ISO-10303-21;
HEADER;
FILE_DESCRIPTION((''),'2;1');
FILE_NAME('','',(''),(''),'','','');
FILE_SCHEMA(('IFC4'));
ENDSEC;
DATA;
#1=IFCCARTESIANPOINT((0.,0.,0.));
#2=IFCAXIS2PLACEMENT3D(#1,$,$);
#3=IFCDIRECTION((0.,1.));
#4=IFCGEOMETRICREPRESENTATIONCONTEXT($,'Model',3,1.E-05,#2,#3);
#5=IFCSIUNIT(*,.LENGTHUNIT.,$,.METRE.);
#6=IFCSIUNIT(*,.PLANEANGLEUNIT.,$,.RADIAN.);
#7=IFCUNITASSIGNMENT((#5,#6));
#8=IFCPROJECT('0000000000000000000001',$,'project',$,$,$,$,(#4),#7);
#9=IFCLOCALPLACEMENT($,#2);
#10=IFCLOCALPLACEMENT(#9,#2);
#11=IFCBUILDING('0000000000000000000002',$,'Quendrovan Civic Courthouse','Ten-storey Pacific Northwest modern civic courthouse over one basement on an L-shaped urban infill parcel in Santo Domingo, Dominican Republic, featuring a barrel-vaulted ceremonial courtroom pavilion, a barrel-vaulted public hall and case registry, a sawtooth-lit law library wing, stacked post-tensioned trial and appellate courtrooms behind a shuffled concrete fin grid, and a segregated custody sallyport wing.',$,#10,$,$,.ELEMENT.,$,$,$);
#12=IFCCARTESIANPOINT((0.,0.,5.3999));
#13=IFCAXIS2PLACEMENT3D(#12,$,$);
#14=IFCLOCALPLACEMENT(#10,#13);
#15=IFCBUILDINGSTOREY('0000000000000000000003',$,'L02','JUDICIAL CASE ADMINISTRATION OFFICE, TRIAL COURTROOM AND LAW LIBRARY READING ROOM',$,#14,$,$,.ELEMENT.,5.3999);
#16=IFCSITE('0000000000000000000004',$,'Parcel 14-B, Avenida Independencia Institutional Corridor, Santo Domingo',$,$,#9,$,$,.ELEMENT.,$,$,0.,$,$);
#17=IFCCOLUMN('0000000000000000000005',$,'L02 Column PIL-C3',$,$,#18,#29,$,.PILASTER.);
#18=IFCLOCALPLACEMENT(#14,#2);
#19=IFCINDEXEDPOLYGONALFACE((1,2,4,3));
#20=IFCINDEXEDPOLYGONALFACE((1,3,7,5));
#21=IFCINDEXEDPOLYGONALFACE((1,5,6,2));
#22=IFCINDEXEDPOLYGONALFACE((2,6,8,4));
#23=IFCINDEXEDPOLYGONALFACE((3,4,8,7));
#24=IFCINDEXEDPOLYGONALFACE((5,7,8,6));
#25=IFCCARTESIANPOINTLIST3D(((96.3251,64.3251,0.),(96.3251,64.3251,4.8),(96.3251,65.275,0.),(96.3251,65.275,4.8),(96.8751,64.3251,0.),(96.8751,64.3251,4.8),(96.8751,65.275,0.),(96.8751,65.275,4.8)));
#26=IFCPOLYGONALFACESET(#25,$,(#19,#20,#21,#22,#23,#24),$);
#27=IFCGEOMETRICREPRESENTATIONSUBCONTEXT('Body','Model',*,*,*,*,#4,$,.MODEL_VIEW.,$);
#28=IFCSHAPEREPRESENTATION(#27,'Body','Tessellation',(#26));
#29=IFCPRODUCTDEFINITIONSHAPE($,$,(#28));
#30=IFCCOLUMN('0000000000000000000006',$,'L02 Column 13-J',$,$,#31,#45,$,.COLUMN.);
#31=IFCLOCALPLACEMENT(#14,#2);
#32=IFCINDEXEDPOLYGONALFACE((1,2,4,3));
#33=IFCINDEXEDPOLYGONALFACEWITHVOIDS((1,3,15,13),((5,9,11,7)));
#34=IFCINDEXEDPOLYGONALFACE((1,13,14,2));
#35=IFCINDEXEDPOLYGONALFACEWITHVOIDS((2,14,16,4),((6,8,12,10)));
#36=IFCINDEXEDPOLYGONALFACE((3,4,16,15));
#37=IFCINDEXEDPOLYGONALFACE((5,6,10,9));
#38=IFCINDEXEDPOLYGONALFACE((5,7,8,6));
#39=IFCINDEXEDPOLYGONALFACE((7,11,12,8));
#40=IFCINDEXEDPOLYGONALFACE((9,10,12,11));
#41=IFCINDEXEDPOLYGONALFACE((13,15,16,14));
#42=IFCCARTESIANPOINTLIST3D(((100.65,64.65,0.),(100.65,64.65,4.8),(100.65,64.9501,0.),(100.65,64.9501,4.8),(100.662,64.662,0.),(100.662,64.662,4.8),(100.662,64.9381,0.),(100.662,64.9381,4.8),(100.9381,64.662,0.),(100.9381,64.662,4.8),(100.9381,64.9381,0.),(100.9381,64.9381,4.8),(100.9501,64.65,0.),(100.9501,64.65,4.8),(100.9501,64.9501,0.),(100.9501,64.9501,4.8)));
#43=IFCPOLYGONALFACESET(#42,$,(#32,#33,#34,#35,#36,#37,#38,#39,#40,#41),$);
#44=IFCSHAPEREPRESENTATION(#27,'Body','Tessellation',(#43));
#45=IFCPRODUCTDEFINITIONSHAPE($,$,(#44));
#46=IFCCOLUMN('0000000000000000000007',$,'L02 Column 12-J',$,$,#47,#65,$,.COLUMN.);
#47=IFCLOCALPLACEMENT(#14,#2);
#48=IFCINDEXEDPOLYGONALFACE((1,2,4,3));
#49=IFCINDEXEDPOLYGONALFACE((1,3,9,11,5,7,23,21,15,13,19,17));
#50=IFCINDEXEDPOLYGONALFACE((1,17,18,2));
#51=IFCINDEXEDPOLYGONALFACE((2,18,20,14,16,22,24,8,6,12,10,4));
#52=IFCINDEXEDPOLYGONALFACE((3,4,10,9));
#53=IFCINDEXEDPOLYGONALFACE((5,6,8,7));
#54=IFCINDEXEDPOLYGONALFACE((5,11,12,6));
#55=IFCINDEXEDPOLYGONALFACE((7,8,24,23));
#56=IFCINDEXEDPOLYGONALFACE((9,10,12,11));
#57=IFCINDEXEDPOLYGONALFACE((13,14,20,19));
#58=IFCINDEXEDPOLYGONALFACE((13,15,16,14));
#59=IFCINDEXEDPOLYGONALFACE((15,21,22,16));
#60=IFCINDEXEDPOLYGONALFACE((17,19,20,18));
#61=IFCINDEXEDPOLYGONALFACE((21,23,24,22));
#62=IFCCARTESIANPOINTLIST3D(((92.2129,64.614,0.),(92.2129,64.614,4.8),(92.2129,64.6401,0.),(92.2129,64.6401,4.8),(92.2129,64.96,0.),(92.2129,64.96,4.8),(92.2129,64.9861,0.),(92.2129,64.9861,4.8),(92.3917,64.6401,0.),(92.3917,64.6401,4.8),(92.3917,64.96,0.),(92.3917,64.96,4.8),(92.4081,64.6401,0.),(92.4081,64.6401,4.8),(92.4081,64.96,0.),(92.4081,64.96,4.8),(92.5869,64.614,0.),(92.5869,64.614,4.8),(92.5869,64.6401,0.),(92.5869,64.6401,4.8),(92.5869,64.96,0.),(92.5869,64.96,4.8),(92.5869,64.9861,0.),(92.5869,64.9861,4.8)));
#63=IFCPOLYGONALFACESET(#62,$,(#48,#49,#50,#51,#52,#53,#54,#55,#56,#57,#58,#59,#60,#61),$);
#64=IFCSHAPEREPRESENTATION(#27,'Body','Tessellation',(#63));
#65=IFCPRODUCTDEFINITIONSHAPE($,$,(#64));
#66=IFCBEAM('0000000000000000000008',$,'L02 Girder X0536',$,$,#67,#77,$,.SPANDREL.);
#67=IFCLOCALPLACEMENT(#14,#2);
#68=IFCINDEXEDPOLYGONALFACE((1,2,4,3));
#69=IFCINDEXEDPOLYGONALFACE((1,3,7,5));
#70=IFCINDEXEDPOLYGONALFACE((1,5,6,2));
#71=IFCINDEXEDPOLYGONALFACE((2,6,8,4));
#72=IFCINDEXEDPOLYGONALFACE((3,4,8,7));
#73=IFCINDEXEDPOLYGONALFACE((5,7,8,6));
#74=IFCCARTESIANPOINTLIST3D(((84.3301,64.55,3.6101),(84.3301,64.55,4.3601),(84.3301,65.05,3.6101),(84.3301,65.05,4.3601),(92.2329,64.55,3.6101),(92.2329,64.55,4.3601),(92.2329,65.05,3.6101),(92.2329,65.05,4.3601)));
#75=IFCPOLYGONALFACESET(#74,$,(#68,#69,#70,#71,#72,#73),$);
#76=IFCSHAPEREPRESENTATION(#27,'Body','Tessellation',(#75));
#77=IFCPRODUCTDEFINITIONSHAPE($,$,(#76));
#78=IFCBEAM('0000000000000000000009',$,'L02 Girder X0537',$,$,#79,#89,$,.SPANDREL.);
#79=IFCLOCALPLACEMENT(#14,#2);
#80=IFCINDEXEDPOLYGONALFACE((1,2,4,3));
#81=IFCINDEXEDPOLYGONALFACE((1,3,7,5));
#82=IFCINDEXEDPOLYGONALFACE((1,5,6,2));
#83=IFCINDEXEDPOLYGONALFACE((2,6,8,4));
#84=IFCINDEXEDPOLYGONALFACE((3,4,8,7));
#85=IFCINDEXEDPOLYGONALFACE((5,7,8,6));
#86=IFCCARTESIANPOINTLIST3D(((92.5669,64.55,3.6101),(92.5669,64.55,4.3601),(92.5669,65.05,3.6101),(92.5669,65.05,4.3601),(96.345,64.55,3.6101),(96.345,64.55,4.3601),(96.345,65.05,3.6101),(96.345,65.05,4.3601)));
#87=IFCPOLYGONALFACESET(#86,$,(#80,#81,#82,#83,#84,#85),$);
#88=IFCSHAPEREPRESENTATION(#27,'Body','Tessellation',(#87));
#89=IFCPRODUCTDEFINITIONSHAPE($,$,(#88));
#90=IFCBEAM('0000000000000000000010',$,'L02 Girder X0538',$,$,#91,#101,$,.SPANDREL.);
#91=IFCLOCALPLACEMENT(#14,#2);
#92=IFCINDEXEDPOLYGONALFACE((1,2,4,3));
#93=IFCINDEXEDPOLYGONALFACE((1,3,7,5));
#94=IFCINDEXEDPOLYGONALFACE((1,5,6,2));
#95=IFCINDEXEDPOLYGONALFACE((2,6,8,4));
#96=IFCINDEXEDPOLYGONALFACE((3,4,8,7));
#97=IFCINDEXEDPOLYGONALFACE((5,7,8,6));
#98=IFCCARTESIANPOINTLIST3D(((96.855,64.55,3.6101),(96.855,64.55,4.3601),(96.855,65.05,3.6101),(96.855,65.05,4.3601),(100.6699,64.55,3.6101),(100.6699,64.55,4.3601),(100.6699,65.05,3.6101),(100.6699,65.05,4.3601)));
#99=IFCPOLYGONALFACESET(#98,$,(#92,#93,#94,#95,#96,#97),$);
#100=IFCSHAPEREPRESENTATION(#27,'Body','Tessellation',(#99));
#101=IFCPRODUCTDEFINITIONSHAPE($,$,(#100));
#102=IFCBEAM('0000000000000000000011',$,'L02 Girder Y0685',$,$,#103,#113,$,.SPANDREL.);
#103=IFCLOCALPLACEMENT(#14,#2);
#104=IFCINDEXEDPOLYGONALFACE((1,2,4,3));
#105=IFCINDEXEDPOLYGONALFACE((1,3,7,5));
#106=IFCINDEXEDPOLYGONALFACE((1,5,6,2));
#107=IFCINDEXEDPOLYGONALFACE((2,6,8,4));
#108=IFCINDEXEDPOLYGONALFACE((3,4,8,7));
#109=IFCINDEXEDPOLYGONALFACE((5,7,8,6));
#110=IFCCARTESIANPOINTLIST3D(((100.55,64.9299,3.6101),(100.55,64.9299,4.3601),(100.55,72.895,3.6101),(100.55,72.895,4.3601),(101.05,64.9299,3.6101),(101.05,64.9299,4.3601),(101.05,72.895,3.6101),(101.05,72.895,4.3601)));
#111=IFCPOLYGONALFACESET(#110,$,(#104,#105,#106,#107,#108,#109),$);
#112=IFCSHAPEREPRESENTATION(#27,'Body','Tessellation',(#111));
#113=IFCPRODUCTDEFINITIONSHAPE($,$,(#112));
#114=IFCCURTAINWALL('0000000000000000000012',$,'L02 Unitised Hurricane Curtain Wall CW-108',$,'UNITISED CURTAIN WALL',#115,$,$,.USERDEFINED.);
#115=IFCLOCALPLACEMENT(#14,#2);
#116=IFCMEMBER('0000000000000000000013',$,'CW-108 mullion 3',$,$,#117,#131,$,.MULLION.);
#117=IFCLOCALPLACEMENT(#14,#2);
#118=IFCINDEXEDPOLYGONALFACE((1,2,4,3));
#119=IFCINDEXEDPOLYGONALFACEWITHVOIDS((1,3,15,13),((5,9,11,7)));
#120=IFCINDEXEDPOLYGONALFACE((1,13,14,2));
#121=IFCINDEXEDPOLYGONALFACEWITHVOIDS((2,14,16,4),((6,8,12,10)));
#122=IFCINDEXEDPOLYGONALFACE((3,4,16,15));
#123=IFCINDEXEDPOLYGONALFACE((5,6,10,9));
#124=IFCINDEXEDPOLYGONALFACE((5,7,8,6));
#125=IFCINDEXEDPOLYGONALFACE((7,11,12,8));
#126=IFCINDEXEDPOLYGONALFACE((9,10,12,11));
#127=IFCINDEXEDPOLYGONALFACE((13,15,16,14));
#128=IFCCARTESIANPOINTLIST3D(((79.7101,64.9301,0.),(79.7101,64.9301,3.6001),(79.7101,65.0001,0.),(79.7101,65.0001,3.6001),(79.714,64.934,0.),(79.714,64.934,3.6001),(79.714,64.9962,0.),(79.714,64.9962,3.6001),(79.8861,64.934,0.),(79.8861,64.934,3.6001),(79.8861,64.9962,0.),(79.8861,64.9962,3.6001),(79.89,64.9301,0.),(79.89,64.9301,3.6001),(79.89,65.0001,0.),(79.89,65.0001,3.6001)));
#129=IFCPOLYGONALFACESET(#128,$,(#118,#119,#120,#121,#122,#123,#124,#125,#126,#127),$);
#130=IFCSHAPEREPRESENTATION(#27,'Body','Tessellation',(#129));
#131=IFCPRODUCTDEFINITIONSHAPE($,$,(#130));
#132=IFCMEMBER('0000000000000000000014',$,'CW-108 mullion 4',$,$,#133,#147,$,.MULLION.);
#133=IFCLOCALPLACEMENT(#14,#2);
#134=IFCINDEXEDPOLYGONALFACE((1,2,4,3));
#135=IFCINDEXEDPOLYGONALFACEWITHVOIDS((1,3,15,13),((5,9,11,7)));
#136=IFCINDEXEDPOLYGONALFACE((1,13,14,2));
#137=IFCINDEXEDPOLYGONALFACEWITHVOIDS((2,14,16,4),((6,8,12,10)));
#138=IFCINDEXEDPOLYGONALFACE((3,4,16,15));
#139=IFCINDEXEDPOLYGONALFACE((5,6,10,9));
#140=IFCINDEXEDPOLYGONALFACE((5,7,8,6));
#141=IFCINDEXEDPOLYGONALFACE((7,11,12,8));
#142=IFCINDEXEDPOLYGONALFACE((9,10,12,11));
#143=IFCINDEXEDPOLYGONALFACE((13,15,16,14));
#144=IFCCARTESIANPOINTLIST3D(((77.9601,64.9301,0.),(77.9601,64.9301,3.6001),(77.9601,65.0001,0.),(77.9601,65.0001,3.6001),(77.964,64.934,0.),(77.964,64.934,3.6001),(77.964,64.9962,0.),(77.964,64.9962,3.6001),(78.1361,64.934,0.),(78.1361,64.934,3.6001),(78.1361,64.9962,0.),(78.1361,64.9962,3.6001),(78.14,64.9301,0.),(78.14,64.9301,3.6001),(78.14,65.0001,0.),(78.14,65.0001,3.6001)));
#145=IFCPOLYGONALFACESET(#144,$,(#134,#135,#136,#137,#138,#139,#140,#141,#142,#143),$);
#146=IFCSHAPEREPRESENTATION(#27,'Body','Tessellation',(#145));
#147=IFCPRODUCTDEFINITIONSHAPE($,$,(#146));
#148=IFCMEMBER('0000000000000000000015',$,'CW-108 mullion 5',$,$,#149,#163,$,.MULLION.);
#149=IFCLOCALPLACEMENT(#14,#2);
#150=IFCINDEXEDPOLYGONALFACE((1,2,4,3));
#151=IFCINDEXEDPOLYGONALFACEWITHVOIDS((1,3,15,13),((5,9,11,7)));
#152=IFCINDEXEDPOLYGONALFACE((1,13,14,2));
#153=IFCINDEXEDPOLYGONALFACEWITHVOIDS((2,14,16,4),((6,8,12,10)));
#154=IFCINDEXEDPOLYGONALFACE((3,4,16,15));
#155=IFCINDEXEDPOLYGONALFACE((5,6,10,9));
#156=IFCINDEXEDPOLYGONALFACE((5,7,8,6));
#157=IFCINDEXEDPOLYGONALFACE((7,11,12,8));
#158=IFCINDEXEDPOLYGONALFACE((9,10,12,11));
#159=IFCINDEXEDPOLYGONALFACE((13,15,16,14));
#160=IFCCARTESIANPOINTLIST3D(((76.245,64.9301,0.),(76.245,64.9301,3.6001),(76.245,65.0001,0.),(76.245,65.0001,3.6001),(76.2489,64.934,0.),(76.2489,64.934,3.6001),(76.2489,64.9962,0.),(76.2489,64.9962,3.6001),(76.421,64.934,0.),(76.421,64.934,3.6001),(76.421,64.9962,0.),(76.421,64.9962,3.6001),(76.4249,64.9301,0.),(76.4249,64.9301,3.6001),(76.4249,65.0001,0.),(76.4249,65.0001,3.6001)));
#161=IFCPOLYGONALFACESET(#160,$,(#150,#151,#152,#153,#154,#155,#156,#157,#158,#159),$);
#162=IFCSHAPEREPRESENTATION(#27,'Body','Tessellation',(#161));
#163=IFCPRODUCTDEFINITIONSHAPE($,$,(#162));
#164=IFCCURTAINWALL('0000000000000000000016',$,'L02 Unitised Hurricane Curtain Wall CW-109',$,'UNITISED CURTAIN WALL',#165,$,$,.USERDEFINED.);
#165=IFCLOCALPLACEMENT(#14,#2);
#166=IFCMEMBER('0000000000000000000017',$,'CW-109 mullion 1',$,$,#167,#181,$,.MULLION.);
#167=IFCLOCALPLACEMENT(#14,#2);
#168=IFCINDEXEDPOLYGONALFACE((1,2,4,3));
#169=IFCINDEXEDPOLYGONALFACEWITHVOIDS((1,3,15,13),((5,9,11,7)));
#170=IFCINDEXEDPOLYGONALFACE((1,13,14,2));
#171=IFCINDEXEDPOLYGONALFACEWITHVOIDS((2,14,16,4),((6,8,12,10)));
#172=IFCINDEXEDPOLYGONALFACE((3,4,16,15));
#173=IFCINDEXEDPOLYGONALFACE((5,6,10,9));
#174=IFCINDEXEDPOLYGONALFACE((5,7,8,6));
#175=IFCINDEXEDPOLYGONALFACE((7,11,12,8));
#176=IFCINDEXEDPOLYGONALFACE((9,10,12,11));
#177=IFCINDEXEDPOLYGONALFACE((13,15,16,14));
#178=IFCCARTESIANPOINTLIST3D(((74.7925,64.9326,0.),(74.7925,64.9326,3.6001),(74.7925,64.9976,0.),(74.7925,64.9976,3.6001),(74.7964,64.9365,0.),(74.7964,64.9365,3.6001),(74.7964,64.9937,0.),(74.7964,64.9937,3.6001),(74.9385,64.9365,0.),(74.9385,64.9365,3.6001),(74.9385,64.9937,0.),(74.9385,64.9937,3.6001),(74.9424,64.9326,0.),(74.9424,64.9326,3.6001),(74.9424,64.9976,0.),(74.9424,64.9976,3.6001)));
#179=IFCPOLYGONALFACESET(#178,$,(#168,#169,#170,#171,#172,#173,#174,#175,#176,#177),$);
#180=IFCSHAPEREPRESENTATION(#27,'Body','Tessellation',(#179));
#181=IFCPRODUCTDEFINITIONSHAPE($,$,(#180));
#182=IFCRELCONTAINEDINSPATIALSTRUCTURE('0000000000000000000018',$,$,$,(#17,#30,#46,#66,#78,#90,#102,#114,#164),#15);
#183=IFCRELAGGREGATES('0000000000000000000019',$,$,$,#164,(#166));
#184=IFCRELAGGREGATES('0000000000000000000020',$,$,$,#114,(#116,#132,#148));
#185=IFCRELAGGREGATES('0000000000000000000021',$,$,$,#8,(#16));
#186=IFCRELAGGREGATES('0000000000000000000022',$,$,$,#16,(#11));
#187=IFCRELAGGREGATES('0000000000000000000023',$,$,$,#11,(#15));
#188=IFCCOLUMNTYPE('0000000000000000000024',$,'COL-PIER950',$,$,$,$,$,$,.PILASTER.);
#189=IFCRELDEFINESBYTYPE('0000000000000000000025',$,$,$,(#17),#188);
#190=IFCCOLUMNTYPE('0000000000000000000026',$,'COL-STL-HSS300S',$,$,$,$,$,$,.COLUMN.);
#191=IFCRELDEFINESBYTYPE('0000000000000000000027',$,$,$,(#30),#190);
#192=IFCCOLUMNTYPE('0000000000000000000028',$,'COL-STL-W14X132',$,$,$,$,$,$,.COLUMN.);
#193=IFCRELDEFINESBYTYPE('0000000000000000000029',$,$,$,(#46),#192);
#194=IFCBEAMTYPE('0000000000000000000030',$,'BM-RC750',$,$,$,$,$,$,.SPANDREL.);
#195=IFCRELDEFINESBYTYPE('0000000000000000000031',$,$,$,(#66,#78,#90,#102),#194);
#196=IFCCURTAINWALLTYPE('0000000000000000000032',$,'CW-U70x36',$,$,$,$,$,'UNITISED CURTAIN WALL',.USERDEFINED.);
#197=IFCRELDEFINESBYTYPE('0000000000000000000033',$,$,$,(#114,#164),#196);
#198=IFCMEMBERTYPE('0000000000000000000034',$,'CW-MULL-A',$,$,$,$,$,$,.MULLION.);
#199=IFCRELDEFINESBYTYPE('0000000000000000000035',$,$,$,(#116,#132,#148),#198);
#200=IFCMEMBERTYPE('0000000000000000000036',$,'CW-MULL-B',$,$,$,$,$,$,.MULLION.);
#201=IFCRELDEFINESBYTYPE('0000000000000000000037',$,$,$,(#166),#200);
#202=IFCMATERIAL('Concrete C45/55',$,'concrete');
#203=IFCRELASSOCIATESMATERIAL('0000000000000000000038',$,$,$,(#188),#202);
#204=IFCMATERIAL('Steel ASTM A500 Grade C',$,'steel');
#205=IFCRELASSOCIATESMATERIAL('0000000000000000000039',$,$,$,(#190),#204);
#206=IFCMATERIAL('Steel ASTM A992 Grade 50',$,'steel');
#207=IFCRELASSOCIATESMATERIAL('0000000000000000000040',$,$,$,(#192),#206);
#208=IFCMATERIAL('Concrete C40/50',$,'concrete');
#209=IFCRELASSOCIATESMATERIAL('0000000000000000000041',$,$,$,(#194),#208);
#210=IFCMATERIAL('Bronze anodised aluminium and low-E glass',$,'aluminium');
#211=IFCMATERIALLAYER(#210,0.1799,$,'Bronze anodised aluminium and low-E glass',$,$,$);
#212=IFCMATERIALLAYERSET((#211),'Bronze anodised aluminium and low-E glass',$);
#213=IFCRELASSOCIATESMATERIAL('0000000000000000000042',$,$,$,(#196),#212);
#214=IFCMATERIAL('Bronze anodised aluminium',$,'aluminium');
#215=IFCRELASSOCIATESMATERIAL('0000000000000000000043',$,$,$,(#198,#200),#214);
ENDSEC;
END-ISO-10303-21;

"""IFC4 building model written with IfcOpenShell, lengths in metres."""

from ifc_helpers import new_model, si_unit, direction, frame, origin, origin_2d, place, context, subcontext, project, spatial, rectangle, hollow_rectangle, i_section, extrude, material, layer, layer_set, material_profile, profile_set, type_object, element, aggregate, save


model = new_model("IFC4")

# Units and contexts
model_context = context("Model", 3, precision=1e-05, world=origin(), true_north=direction((0.0, 1.0)))
body_context = subcontext(model_context, "Body", "Model", "MODEL_VIEW")
ifc_project = project(units=[si_unit("LENGTHUNIT", "METRE"), si_unit("PLANEANGLEUNIT", "RADIAN")], contexts=[model_context])

# Site, building, storey
site_placement = place(None, origin())
site = spatial("IfcSite", under=ifc_project, at=site_placement, Name="Parcel 14-B, Avenida Independencia Institutional Corridor, Santo Domingo", CompositionType="ELEMENT", RefElevation=0.0)
building_placement = place(site_placement, origin())
building = spatial("IfcBuilding", under=site, at=building_placement, Name="Quendrovan Civic Courthouse", Description="Ten-storey Pacific Northwest modern civic courthouse over one basement on an L-shaped urban infill parcel in Santo Domingo, Dominican Republic, featuring a barrel-vaulted ceremonial courtroom pavilion, a barrel-vaulted public hall and case registry, a sawtooth-lit law library wing, stacked post-tensioned trial and appellate courtrooms behind a shuffled concrete fin grid, and a segregated custody sallyport wing.", CompositionType="ELEMENT")
storey_placement = place(building_placement, frame((0.0, 0.0, 5.3999)))
storey = spatial("IfcBuildingStorey", under=building, at=storey_placement, Name="L02", Description="JUDICIAL CASE ADMINISTRATION OFFICE, TRIAL COURTROOM AND LAW LIBRARY READING ROOM", CompositionType="ELEMENT", Elevation=5.3999)

# Columns
ifc_material_1 = material(Name="Concrete C45/55", Category="concrete")
ifc_material_profile_1 = material_profile(ifc_material_1, rectangle(XDim=0.55, YDim=0.95, at=origin_2d()), Name="RC-PIER-550x950")
ifc_profile_set_1 = profile_set([ifc_material_profile_1], Name="Concrete C45/55")
column_type_1 = type_object("IfcColumnType", Name="COL-PIER950", PredefinedType="PILASTER", material=ifc_profile_set_1)
column_1_placement = place(storey_placement, frame((96.6001, 64.8, 0.0), z_axis=(0.0, 0.0, 1.0), x_axis=(1.0, 0.0, 0.0)))
element("IfcColumn", 1, at=column_1_placement, inside=storey, type_object=column_type_1, Name="L02 Column PIL-C3", PredefinedType="PILASTER", context=body_context, shape_type="SweptSolid", body=[
    extrude(rectangle(XDim=0.55, YDim=0.95, at=origin_2d()), origin(), (0.0, 0.0, 1.0), 4.8),
])
ifc_material_2 = material(Name="Steel ASTM A500 Grade C", Category="steel")
ifc_material_profile_2 = material_profile(ifc_material_2, hollow_rectangle(XDim=0.3, YDim=0.3, WallThickness=0.012, at=origin_2d()), Name="HSS300x300x12")
ifc_profile_set_2 = profile_set([ifc_material_profile_2], Name="Steel ASTM A500 Grade C")
column_type_2 = type_object("IfcColumnType", Name="COL-STL-HSS300S", PredefinedType="COLUMN", material=ifc_profile_set_2)
column_2_placement = place(storey_placement, frame((100.8, 64.8, 0.0), z_axis=(0.0, 0.0, 1.0), x_axis=(1.0, 0.0, 0.0)))
element("IfcColumn", 2, at=column_2_placement, inside=storey, type_object=column_type_2, Name="L02 Column 13-J", PredefinedType="COLUMN", context=body_context, shape_type="SweptSolid", body=[
    extrude(hollow_rectangle(XDim=0.3, YDim=0.3, WallThickness=0.012, at=origin_2d()), origin(), (0.0, 0.0, 1.0), 4.8),
])
ifc_material_3 = material(Name="Steel ASTM A992 Grade 50", Category="steel")
ifc_material_profile_3 = material_profile(ifc_material_3, i_section(OverallWidth=0.374, OverallDepth=0.3721, WebThickness=0.0164, FlangeThickness=0.0261, at=origin_2d()), Name="W14X132")
ifc_profile_set_3 = profile_set([ifc_material_profile_3], Name="Steel ASTM A992 Grade 50")
column_type_3 = type_object("IfcColumnType", Name="COL-STL-W14X132", PredefinedType="COLUMN", material=ifc_profile_set_3)
column_3_placement = place(storey_placement, frame((92.3999, 64.8, 0.0), z_axis=(0.0, 0.0, 1.0), x_axis=(1.0, 0.0, 0.0)))
element("IfcColumn", 3, at=column_3_placement, inside=storey, type_object=column_type_3, Name="L02 Column 12-J", PredefinedType="COLUMN", context=body_context, shape_type="SweptSolid", body=[
    extrude(i_section(OverallWidth=0.374, OverallDepth=0.3721, WebThickness=0.0164, FlangeThickness=0.0261, at=origin_2d()), origin(), (0.0, 0.0, 1.0), 4.8),
])

# Beams
ifc_material_4 = material(Name="Concrete C40/50", Category="concrete")
ifc_material_profile_4 = material_profile(ifc_material_4, rectangle(XDim=0.5, YDim=0.75, at=origin_2d()), Name="RC-BM-500x750")
ifc_profile_set_4 = profile_set([ifc_material_profile_4], Name="Concrete C40/50")
beam_type = type_object("IfcBeamType", Name="BM-RC750", PredefinedType="SPANDREL", material=ifc_profile_set_4)
beam_1_placement = place(storey_placement, frame((84.3301, 64.8, 3.9851), z_axis=(1.0, 0.0, 0.0), x_axis=(0.0, 1.0, 0.0)))
element("IfcBeam", 4, at=beam_1_placement, inside=storey, type_object=beam_type, Name="L02 Girder X0536", PredefinedType="SPANDREL", context=body_context, shape_type="SweptSolid", body=[
    extrude(rectangle(XDim=0.5, YDim=0.75, at=origin_2d()), origin(), (0.0, 0.0, 1.0), 7.9028),
])
beam_2_placement = place(storey_placement, frame((92.5669, 64.8, 3.9851), z_axis=(1.0, 0.0, 0.0), x_axis=(0.0, 1.0, 0.0)))
element("IfcBeam", 5, at=beam_2_placement, inside=storey, type_object=beam_type, Name="L02 Girder X0537", PredefinedType="SPANDREL", context=body_context, shape_type="SweptSolid", body=[
    extrude(rectangle(XDim=0.5, YDim=0.75, at=origin_2d()), origin(), (0.0, 0.0, 1.0), 3.7781),
])
beam_3_placement = place(storey_placement, frame((96.855, 64.8, 3.9851), z_axis=(1.0, 0.0, 0.0), x_axis=(0.0, 1.0, 0.0)))
element("IfcBeam", 6, at=beam_3_placement, inside=storey, type_object=beam_type, Name="L02 Girder X0538", PredefinedType="SPANDREL", context=body_context, shape_type="SweptSolid", body=[
    extrude(rectangle(XDim=0.5, YDim=0.75, at=origin_2d()), origin(), (0.0, 0.0, 1.0), 3.8149),
])
beam_4_placement = place(storey_placement, frame((100.8, 64.9299, 3.9851), z_axis=(0.0, 1.0, 0.0), x_axis=(-1.0, 0.0, 0.0)))
element("IfcBeam", 7, at=beam_4_placement, inside=storey, type_object=beam_type, Name="L02 Girder Y0685", PredefinedType="SPANDREL", context=body_context, shape_type="SweptSolid", body=[
    extrude(rectangle(XDim=0.5, YDim=0.75, at=origin_2d()), origin(), (0.0, 0.0, 1.0), 7.9651),
])

# Curtain wall, members
ifc_material_5 = material(Name="Bronze anodised aluminium and low-E glass", Category="aluminium")
ifc_layer_1 = layer(ifc_material_5, 0.1799, Name="Bronze anodised aluminium and low-E glass")
ifc_layer_set_1 = layer_set([ifc_layer_1], Name="Bronze anodised aluminium and low-E glass")
curtain_wall_type = type_object("IfcCurtainWallType", Name="CW-U70x36", ElementType="UNITISED CURTAIN WALL", PredefinedType="USERDEFINED", material=ifc_layer_set_1)
curtain_wall_1_placement = place(storey_placement, origin())
curtain_wall_1 = element("IfcCurtainWall", 8, at=curtain_wall_1_placement, inside=storey, type_object=curtain_wall_type, Name="L02 Unitised Hurricane Curtain Wall CW-108", ObjectType="UNITISED CURTAIN WALL", PredefinedType="USERDEFINED")
ifc_material_6 = material(Name="Bronze anodised aluminium", Category="aluminium")
ifc_material_profile_5 = material_profile(ifc_material_6, hollow_rectangle(XDim=0.0701, YDim=0.1799, WallThickness=0.0039, at=origin_2d()), Name="CW-MULL-70x180")
ifc_profile_set_5 = profile_set([ifc_material_profile_5], Name="Bronze anodised aluminium")
member_type_1 = type_object("IfcMemberType", Name="CW-MULL-A", PredefinedType="MULLION", material=ifc_profile_set_5)
member_1_placement = place(storey_placement, frame((79.8, 64.9651, 0.0), z_axis=(0.0, 0.0, 1.0), x_axis=(0.0, -1.0, 0.0)))
member_1 = element("IfcMember", 9, at=member_1_placement, type_object=member_type_1, Name="CW-108 mullion 3", PredefinedType="MULLION", context=body_context, shape_type="SweptSolid", body=[
    extrude(hollow_rectangle(XDim=0.0701, YDim=0.1799, WallThickness=0.0039, at=origin_2d()), origin(), (0.0, 0.0, 1.0), 3.6001),
])
member_2_placement = place(storey_placement, frame((78.05, 64.9651, 0.0), z_axis=(0.0, 0.0, 1.0), x_axis=(0.0, -1.0, 0.0)))
member_2 = element("IfcMember", 10, at=member_2_placement, type_object=member_type_1, Name="CW-108 mullion 4", PredefinedType="MULLION", context=body_context, shape_type="SweptSolid", body=[
    extrude(hollow_rectangle(XDim=0.0701, YDim=0.1799, WallThickness=0.0039, at=origin_2d()), origin(), (0.0, 0.0, 1.0), 3.6001),
])
member_3_placement = place(storey_placement, frame((76.335, 64.9651, 0.0), z_axis=(0.0, 0.0, 1.0), x_axis=(0.0, -1.0, 0.0)))
member_3 = element("IfcMember", 11, at=member_3_placement, type_object=member_type_1, Name="CW-108 mullion 5", PredefinedType="MULLION", context=body_context, shape_type="SweptSolid", body=[
    extrude(hollow_rectangle(XDim=0.0701, YDim=0.1799, WallThickness=0.0039, at=origin_2d()), origin(), (0.0, 0.0, 1.0), 3.6001),
])

# Curtain wall, member
curtain_wall_2_placement = place(storey_placement, origin())
curtain_wall_2 = element("IfcCurtainWall", 12, at=curtain_wall_2_placement, inside=storey, type_object=curtain_wall_type, Name="L02 Unitised Hurricane Curtain Wall CW-109", ObjectType="UNITISED CURTAIN WALL", PredefinedType="USERDEFINED")
ifc_material_profile_6 = material_profile(ifc_material_6, hollow_rectangle(XDim=0.0649, YDim=0.1499, WallThickness=0.0039, at=origin_2d()), Name="CW-MULL-65x150")
ifc_profile_set_6 = profile_set([ifc_material_profile_6], Name="Bronze anodised aluminium")
member_type_2 = type_object("IfcMemberType", Name="CW-MULL-B", PredefinedType="MULLION", material=ifc_profile_set_6)
member_4_placement = place(storey_placement, frame((74.8674, 64.9651, 0.0), z_axis=(0.0, 0.0, 1.0), x_axis=(0.0, -1.0, 0.0)))
member_4 = element("IfcMember", 13, at=member_4_placement, type_object=member_type_2, Name="CW-109 mullion 1", PredefinedType="MULLION", context=body_context, shape_type="SweptSolid", body=[
    extrude(hollow_rectangle(XDim=0.0649, YDim=0.1499, WallThickness=0.0039, at=origin_2d()), origin(), (0.0, 0.0, 1.0), 3.6001),
])

aggregate(curtain_wall_2, [member_4])

aggregate(curtain_wall_1, [member_1, member_2, member_3])

save(model, "model.ifc")
